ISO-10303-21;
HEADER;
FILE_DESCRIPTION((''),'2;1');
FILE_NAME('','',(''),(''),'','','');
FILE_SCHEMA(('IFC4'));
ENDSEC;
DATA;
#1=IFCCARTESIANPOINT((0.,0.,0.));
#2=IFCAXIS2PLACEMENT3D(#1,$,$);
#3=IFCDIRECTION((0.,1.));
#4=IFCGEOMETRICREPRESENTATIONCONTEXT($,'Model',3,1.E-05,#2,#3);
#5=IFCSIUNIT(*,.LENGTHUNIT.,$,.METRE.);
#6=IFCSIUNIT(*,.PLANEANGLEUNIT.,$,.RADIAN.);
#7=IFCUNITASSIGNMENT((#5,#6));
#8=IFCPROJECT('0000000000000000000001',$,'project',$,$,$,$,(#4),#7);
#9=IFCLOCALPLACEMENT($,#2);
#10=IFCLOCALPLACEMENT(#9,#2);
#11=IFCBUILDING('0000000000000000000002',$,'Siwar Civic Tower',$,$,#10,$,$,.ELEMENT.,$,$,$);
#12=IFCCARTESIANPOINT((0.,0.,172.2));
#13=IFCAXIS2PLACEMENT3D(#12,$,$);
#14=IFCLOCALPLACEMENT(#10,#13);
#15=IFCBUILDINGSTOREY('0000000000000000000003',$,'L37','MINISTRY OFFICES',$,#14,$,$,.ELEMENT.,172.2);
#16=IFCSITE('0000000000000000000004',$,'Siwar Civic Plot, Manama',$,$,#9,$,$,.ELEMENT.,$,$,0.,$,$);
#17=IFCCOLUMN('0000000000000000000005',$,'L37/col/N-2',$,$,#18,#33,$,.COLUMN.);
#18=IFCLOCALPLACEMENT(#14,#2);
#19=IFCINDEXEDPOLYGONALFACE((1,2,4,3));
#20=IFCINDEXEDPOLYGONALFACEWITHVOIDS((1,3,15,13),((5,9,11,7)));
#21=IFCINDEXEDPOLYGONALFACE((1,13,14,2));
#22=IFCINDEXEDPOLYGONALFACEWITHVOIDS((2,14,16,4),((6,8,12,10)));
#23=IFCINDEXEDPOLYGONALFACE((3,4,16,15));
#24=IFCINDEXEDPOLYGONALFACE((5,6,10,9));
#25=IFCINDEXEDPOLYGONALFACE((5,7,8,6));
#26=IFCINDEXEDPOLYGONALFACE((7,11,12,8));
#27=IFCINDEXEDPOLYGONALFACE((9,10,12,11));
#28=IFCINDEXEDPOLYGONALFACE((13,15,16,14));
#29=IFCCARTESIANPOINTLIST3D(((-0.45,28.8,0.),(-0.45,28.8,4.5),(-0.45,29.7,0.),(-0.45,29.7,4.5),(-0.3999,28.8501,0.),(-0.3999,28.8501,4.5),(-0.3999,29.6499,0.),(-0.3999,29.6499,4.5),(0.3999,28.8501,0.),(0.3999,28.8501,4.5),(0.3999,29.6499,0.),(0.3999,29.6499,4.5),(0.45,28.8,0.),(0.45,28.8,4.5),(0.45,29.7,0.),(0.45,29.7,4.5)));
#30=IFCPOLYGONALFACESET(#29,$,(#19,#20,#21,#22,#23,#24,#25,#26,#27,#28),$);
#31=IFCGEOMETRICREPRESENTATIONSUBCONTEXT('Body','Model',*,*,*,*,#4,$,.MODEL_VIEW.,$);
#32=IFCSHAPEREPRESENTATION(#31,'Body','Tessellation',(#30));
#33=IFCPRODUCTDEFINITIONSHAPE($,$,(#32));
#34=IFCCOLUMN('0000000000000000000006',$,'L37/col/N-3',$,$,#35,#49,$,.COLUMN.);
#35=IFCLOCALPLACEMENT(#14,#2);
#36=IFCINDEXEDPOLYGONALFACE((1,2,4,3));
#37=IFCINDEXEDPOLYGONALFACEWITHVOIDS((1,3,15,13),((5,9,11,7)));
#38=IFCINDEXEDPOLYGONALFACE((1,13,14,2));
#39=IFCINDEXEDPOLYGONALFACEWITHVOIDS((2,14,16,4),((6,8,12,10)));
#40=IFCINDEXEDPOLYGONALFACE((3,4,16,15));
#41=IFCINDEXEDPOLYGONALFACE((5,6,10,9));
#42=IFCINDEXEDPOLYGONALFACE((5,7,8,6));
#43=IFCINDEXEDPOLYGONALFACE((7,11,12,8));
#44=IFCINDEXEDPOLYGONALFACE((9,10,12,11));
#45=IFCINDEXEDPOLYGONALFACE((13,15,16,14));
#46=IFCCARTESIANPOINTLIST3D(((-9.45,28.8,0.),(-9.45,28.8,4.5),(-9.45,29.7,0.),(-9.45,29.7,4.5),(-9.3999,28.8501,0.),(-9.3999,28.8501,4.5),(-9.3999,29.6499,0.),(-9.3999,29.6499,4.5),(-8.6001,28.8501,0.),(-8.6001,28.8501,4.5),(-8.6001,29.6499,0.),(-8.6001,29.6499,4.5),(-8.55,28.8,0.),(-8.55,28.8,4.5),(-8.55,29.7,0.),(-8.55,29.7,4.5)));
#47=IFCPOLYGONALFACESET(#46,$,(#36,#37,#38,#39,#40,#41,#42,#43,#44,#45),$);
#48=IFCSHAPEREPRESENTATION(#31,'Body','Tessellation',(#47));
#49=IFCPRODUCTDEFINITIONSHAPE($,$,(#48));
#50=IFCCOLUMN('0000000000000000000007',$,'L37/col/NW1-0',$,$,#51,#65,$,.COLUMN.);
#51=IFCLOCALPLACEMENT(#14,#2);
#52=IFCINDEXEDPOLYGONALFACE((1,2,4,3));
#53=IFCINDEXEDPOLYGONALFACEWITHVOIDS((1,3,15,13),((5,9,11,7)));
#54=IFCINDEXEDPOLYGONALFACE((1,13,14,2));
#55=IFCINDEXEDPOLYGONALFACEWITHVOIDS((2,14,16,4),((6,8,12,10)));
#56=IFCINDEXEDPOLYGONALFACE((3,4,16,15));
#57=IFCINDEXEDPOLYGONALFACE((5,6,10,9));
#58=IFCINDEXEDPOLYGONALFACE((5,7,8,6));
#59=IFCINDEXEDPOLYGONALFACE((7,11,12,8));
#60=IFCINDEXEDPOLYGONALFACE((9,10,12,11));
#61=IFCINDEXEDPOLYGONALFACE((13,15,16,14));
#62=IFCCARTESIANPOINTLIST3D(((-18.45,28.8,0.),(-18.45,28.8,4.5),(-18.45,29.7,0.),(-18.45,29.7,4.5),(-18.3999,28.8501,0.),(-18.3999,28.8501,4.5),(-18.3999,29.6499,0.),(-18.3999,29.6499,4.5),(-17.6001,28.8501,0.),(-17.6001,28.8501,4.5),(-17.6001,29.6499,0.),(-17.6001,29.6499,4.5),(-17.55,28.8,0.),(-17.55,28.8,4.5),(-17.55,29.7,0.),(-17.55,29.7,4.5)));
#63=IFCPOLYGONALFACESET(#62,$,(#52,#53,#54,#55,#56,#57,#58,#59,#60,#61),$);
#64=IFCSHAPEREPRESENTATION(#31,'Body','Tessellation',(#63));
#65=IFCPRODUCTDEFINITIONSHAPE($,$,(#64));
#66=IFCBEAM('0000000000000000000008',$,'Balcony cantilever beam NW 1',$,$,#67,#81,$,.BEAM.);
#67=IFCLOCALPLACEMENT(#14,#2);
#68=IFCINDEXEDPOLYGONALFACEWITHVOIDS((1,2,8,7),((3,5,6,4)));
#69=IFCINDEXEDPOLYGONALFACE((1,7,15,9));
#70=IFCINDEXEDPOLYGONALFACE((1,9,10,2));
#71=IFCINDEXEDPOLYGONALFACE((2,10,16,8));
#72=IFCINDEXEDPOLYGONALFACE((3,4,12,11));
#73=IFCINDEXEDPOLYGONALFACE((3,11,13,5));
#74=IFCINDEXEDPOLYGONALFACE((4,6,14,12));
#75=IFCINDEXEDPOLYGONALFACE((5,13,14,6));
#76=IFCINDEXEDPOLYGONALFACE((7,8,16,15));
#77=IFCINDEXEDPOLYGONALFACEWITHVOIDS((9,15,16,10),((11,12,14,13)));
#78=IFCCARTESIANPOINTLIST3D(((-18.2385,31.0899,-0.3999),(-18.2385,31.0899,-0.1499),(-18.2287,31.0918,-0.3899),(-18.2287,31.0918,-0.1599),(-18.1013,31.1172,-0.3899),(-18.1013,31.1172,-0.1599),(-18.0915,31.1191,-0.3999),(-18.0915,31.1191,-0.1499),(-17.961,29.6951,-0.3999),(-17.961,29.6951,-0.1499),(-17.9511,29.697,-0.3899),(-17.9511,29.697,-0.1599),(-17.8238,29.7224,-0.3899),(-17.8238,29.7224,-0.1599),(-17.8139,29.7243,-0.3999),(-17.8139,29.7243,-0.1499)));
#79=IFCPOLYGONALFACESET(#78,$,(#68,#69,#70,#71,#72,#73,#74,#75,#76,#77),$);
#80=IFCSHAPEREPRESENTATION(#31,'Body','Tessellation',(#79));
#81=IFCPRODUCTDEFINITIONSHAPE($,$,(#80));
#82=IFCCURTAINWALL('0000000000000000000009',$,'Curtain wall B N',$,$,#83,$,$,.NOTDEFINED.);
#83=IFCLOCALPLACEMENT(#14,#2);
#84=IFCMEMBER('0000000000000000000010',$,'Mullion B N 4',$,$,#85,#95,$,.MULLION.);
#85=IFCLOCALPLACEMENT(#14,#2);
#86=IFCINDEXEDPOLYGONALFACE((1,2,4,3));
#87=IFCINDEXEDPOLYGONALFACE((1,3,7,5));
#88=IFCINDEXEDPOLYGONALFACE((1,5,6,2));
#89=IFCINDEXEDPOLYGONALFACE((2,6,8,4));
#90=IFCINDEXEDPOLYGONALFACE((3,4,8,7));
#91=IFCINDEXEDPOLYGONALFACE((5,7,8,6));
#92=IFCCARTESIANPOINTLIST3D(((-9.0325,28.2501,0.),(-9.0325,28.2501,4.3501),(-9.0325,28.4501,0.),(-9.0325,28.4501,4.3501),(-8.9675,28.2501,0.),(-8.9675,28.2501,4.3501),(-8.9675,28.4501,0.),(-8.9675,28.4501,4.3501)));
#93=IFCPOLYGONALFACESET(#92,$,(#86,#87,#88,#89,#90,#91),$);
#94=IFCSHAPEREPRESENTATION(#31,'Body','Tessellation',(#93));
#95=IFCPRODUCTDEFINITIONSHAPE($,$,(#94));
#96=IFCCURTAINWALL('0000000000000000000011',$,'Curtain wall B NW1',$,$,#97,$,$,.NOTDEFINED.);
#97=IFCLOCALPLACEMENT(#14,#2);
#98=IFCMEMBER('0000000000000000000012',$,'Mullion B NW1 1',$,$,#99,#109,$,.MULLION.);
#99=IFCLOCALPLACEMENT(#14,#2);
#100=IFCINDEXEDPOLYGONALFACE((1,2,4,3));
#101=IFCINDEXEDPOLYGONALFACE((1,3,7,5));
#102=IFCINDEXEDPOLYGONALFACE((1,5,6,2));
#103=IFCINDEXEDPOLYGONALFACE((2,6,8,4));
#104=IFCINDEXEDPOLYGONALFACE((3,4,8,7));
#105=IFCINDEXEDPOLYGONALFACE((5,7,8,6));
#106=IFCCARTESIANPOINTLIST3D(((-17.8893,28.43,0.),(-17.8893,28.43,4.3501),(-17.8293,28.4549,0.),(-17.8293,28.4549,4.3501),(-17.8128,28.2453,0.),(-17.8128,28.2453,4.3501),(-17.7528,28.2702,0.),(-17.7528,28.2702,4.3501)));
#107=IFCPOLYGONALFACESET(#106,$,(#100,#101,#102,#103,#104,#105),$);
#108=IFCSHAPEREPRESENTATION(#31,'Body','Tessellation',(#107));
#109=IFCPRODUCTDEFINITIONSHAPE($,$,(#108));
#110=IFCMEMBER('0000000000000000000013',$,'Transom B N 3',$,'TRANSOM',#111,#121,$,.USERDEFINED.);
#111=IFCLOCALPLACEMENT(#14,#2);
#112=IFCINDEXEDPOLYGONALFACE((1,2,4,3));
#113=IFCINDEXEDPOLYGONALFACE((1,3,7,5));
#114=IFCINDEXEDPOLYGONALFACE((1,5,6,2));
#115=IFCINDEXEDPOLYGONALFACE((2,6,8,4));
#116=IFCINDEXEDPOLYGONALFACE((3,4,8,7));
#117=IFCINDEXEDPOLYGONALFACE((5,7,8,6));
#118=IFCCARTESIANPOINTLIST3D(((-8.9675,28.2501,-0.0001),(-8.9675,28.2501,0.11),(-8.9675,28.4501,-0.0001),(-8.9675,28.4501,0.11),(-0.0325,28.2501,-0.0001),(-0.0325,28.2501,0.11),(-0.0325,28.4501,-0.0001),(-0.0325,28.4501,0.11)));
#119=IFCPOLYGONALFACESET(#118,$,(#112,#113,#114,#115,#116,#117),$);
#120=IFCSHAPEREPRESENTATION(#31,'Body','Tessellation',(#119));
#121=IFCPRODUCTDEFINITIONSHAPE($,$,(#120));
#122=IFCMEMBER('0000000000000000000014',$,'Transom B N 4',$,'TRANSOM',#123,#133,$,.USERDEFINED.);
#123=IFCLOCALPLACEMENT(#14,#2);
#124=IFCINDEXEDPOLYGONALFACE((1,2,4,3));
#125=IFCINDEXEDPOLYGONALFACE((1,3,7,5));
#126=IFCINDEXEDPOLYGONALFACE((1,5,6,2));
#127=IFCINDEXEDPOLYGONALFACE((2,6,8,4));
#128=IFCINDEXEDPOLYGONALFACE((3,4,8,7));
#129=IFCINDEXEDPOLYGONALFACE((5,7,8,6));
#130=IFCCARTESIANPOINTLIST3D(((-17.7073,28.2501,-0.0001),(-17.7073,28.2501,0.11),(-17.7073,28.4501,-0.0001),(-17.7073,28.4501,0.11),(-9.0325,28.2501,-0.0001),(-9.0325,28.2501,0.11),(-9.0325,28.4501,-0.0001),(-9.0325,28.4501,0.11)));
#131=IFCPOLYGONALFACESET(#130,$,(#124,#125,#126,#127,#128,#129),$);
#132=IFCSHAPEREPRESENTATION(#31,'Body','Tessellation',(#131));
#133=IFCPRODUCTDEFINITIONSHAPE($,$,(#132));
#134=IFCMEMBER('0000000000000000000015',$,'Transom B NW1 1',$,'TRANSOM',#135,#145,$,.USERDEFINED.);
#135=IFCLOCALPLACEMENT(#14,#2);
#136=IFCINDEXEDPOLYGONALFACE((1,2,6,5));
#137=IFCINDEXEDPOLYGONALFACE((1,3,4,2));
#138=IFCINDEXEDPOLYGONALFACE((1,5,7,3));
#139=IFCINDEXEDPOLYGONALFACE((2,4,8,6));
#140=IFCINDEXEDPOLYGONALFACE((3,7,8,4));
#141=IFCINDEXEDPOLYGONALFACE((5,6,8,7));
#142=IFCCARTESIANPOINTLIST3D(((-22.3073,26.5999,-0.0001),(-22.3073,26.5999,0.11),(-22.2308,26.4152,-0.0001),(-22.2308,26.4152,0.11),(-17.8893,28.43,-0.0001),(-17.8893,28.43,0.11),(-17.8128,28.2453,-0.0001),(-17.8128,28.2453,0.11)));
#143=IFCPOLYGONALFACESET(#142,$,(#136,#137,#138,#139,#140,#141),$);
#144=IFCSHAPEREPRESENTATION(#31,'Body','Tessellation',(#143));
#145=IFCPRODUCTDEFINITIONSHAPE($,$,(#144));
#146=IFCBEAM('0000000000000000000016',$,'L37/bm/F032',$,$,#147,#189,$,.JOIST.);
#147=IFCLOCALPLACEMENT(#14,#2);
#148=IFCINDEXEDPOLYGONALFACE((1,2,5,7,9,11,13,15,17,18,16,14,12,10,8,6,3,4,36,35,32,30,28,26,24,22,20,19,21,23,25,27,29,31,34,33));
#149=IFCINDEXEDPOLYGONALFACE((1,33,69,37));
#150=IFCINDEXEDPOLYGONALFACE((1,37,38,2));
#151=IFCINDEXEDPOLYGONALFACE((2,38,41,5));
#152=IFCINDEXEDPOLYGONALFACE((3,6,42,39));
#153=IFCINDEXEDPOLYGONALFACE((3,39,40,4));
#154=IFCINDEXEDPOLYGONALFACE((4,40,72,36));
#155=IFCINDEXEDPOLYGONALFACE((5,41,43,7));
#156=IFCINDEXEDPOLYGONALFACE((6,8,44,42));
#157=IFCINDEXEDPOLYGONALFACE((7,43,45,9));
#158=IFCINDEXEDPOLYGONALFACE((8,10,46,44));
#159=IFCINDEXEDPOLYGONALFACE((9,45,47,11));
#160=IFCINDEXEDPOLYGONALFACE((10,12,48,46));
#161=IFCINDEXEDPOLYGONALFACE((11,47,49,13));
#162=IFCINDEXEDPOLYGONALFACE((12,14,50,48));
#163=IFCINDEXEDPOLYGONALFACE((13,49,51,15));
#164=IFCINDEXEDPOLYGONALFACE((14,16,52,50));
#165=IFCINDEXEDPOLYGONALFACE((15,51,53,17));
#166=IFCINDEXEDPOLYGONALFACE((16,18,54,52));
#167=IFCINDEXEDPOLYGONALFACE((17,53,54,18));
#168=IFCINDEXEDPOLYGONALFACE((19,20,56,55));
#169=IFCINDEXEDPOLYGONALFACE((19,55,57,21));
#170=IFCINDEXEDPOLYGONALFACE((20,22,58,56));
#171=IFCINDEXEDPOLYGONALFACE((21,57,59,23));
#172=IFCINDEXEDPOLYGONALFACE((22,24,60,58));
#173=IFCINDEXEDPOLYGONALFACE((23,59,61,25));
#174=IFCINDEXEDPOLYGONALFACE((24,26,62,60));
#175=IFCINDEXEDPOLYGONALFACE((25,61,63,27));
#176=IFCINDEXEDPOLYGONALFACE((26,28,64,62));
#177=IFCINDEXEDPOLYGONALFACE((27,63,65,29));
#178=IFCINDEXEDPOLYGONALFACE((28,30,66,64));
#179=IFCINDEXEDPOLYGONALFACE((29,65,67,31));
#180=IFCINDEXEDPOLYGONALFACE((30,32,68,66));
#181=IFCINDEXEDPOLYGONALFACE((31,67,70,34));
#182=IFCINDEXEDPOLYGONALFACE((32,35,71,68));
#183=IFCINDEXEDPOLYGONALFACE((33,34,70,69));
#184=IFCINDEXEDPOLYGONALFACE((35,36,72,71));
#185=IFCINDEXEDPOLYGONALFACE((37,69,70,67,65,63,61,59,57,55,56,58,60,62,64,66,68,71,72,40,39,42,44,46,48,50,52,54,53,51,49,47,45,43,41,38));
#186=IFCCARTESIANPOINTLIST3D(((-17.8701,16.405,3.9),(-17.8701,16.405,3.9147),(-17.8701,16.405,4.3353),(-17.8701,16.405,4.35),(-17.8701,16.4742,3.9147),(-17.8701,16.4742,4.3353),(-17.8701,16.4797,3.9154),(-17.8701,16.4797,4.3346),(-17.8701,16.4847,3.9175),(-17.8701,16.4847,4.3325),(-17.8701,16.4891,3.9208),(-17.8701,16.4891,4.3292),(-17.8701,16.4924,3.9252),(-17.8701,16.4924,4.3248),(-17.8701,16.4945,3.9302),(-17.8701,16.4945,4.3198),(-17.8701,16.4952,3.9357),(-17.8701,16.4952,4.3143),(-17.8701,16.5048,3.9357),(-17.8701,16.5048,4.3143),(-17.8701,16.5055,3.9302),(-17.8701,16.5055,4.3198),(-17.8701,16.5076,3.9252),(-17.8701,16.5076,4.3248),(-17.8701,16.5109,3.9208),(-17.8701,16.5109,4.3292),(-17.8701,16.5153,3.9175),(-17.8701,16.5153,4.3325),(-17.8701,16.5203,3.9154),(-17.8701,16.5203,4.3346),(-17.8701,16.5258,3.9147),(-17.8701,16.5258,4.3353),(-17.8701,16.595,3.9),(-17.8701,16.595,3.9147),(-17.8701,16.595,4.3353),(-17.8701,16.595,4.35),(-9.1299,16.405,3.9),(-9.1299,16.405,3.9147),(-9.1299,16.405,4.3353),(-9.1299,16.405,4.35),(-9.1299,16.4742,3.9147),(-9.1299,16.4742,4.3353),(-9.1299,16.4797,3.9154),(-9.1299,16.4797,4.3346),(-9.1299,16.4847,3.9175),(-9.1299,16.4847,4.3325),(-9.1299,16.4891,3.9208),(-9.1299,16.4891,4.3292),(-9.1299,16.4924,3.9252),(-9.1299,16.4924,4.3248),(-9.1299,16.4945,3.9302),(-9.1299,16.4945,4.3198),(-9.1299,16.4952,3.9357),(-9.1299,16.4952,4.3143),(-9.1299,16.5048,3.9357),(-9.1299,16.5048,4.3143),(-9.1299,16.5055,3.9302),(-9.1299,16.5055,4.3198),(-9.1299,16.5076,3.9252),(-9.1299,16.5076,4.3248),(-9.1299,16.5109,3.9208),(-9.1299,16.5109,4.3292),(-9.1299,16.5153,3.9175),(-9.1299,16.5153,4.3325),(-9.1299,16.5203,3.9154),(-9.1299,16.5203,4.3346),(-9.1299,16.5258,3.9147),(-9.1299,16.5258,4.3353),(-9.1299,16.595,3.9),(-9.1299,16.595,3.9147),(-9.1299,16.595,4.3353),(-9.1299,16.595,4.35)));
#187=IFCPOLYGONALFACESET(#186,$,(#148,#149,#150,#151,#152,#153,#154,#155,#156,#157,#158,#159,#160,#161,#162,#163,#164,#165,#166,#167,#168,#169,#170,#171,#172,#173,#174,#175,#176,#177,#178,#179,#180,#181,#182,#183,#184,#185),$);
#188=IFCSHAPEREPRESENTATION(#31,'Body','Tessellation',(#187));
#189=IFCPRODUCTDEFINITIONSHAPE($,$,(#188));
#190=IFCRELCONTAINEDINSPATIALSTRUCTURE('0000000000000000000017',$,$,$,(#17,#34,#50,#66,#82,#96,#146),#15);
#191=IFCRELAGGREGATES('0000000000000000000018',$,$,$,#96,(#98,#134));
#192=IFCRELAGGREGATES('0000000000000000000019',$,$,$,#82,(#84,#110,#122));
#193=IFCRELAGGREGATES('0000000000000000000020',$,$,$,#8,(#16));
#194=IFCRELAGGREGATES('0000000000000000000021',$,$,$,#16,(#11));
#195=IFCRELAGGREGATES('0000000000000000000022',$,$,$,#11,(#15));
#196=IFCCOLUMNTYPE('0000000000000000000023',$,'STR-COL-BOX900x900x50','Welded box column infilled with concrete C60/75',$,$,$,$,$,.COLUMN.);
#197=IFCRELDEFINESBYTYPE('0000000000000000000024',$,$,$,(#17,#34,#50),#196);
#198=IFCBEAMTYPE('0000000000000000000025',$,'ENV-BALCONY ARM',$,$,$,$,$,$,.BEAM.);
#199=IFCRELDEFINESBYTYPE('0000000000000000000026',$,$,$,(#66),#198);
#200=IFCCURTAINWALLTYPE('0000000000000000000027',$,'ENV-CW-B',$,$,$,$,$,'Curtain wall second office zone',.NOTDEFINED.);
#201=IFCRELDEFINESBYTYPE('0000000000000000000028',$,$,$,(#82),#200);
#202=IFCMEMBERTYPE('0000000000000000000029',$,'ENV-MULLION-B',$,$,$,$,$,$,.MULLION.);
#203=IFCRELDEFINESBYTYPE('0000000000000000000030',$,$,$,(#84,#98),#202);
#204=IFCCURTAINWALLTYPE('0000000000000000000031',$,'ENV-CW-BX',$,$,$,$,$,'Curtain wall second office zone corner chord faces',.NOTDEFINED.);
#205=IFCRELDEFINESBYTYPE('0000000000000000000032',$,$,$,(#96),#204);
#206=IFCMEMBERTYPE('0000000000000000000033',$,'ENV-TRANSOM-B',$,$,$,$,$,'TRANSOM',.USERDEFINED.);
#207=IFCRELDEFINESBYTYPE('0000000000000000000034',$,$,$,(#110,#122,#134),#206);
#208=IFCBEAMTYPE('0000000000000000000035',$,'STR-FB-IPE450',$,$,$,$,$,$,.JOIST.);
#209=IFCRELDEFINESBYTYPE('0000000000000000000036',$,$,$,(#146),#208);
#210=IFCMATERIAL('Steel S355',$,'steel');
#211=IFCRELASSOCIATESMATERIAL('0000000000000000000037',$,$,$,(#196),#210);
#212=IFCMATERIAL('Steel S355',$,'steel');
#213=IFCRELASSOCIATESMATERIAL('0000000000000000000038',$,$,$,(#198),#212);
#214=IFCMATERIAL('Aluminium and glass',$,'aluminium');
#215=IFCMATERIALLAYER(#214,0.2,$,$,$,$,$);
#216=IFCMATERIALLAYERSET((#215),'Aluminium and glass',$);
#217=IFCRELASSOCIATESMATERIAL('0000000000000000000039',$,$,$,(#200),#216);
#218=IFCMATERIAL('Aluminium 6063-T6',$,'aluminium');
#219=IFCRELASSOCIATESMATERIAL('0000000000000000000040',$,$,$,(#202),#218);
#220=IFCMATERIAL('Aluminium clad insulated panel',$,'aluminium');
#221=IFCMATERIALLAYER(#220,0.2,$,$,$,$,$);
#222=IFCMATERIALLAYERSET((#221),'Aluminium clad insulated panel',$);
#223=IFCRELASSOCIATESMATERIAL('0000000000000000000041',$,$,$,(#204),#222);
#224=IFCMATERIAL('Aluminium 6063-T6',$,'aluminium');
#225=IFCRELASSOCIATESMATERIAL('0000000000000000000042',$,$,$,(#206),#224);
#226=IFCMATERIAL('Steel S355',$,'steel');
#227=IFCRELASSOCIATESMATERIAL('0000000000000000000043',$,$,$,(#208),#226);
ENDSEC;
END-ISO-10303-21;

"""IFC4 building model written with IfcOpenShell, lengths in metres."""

from ifc_helpers import new_model, si_unit, direction, frame, origin, origin_2d, place, context, subcontext, project, spatial, rectangle, hollow_rectangle, i_section, extrude, material, layer, layer_set, material_profile, profile_set, type_object, element, aggregate, save


model = new_model("IFC4")

# Units and contexts
model_context = context("Model", 3, precision=1e-05, world=origin(), true_north=direction((0.0, 1.0)))
body_context = subcontext(model_context, "Body", "Model", "MODEL_VIEW")
ifc_project = project(units=[si_unit("LENGTHUNIT", "METRE"), si_unit("PLANEANGLEUNIT", "RADIAN")], contexts=[model_context])

# Site, building, storey
site_placement = place(None, origin())
site = spatial("IfcSite", under=ifc_project, at=site_placement, Name="Siwar Civic Plot, Manama", CompositionType="ELEMENT", RefElevation=0.0)
building_placement = place(site_placement, origin())
building = spatial("IfcBuilding", under=site, at=building_placement, Name="Siwar Civic Tower", CompositionType="ELEMENT")
storey_placement = place(building_placement, frame((0.0, 0.0, 172.2)))
storey = spatial("IfcBuildingStorey", under=building, at=storey_placement, Name="L37", Description="MINISTRY OFFICES", CompositionType="ELEMENT", Elevation=172.2)

# Columns
ifc_material_1 = material(Name="Steel S355", Category="steel")
ifc_material_profile_1 = material_profile(ifc_material_1, hollow_rectangle(XDim=0.8999, YDim=0.8999, WallThickness=0.05, at=origin_2d()), Name="BOX900x900x50")
ifc_profile_set_1 = profile_set([ifc_material_profile_1], Name="Steel S355")
column_type = type_object("IfcColumnType", Name="STR-COL-BOX900x900x50", Description="Welded box column infilled with concrete C60/75", PredefinedType="COLUMN", material=ifc_profile_set_1)
for number, where, z_axis, x_axis, name in (
    (1, (0.0, 29.25, 0.0), (0.0, 0.0, 1.0), (1.0, 0.0, 0.0), "L37/col/N-2"),
    (2, (-9.0, 29.25, 0.0), (0.0, 0.0, 1.0), (1.0, 0.0, 0.0), "L37/col/N-3"),
    (3, (-18.0, 29.25, 0.0), (0.0, 0.0, 1.0), (1.0, 0.0, 0.0), "L37/col/NW1-0"),
):
    element("IfcColumn", number, at=place(storey_placement, frame(where, z_axis=z_axis, x_axis=x_axis)), inside=storey, type_object=column_type, Name=name, PredefinedType="COLUMN", context=body_context, shape_type="SweptSolid", body=[
        extrude(hollow_rectangle(XDim=0.8999, YDim=0.8999, WallThickness=0.05, at=origin_2d()), origin(), (0.0, 0.0, 1.0), 4.5),
    ])

# Beam
ifc_material_2 = material(Name="Steel S355", Category="steel")
ifc_material_profile_2 = material_profile(ifc_material_2, hollow_rectangle(XDim=0.1499, YDim=0.25, WallThickness=0.01, at=origin_2d()), Name="RHS250x150x10")
ifc_profile_set_2 = profile_set([ifc_material_profile_2], Name="Steel S355")
beam_type_1 = type_object("IfcBeamType", Name="ENV-BALCONY ARM", PredefinedType="BEAM", material=ifc_profile_set_2)
beam_1_placement = place(storey_placement, frame((-17.8875, 29.7097, -0.2749), z_axis=(-0.195192, 0.980765, 0.0), x_axis=(-0.980765, -0.195192, 0.0)))
element("IfcBeam", 4, at=beam_1_placement, inside=storey, type_object=beam_type_1, Name="Balcony cantilever beam NW 1", PredefinedType="BEAM", context=body_context, shape_type="SweptSolid", body=[
    extrude(hollow_rectangle(XDim=0.1499, YDim=0.25, WallThickness=0.01, at=origin_2d()), origin(), (0.0, 0.0, 1.0), 1.4221),
])

# Curtain walls, members
ifc_material_3 = material(Name="Aluminium and glass", Category="aluminium")
ifc_layer_1 = layer(ifc_material_3, 0.2)
ifc_layer_set_1 = layer_set([ifc_layer_1], Name="Aluminium and glass")
curtain_wall_type_1 = type_object("IfcCurtainWallType", Name="ENV-CW-B", ElementType="Curtain wall second office zone", PredefinedType="NOTDEFINED", material=ifc_layer_set_1)
curtain_wall_1_placement = place(storey_placement, origin())
curtain_wall_1 = element("IfcCurtainWall", 5, at=curtain_wall_1_placement, inside=storey, type_object=curtain_wall_type_1, Name="Curtain wall B N", PredefinedType="NOTDEFINED")
ifc_material_4 = material(Name="Aluminium 6063-T6", Category="aluminium")
ifc_material_profile_3 = material_profile(ifc_material_4, rectangle(XDim=0.2, YDim=0.0649, at=origin_2d()), Name="AL 200x65")
ifc_profile_set_3 = profile_set([ifc_material_profile_3], Name="Aluminium 6063-T6")
member_type_1 = type_object("IfcMemberType", Name="ENV-MULLION-B", PredefinedType="MULLION", material=ifc_profile_set_3)
member_1_placement = place(storey_placement, frame((-9.0, 28.3501, 0.0), z_axis=(0.0, 0.0, 1.0), x_axis=(0.0, -1.0, 0.0)))
member_1 = element("IfcMember", 6, at=member_1_placement, type_object=member_type_1, Name="Mullion B N 4", PredefinedType="MULLION", context=body_context, shape_type="SweptSolid", body=[
    extrude(rectangle(XDim=0.2, YDim=0.0649, at=origin_2d()), origin(), (0.0, 0.0, 1.0), 4.3501),
])
ifc_material_5 = material(Name="Aluminium clad insulated panel", Category="aluminium")
ifc_layer_2 = layer(ifc_material_5, 0.2)
ifc_layer_set_2 = layer_set([ifc_layer_2], Name="Aluminium clad insulated panel")
curtain_wall_type_2 = type_object("IfcCurtainWallType", Name="ENV-CW-BX", ElementType="Curtain wall second office zone corner chord faces", PredefinedType="NOTDEFINED", material=ifc_layer_set_2)
curtain_wall_2_placement = place(storey_placement, origin())
curtain_wall_2 = element("IfcCurtainWall", 7, at=curtain_wall_2_placement, inside=storey, type_object=curtain_wall_type_2, Name="Curtain wall B NW1", PredefinedType="NOTDEFINED")
member_2_placement = place(storey_placement, frame((-17.821, 28.3501, 0.0), z_axis=(0.0, 0.0, 1.0), x_axis=(0.382683, -0.92388, 0.0)))
member_2 = element("IfcMember", 8, at=member_2_placement, type_object=member_type_1, Name="Mullion B NW1 1", PredefinedType="MULLION", context=body_context, shape_type="SweptSolid", body=[
    extrude(rectangle(XDim=0.2, YDim=0.0649, at=origin_2d()), origin(), (0.0, 0.0, 1.0), 4.3501),
])

# Members
ifc_material_6 = material(Name="Aluminium 6063-T6", Category="aluminium")
ifc_material_profile_4 = material_profile(ifc_material_6, rectangle(XDim=0.2, YDim=0.1101, at=origin_2d()), Name="AL 200x110")
ifc_profile_set_4 = profile_set([ifc_material_profile_4], Name="Aluminium 6063-T6")
member_type_2 = type_object("IfcMemberType", Name="ENV-TRANSOM-B", ElementType="TRANSOM", PredefinedType="USERDEFINED", material=ifc_profile_set_4)
member_3_placement = place(storey_placement, frame((-0.0325, 28.3501, 0.0549), z_axis=(-1.0, 0.0, 0.0), x_axis=(0.0, -1.0, 0.0)))
member_3 = element("IfcMember", 9, at=member_3_placement, type_object=member_type_2, Name="Transom B N 3", ObjectType="TRANSOM", PredefinedType="USERDEFINED", context=body_context, shape_type="SweptSolid", body=[
    extrude(rectangle(XDim=0.2, YDim=0.1101, at=origin_2d()), origin(), (0.0, 0.0, 1.0), 8.9351),
])
member_4_placement = place(storey_placement, frame((-9.0325, 28.3501, 0.0549), z_axis=(-1.0, 0.0, 0.0), x_axis=(0.0, -1.0, 0.0)))
member_4 = element("IfcMember", 10, at=member_4_placement, type_object=member_type_2, Name="Transom B N 4", ObjectType="TRANSOM", PredefinedType="USERDEFINED", context=body_context, shape_type="SweptSolid", body=[
    extrude(rectangle(XDim=0.2, YDim=0.1101, at=origin_2d()), origin(), (0.0, 0.0, 1.0), 8.6748),
])
member_5_placement = place(storey_placement, frame((-17.8511, 28.3376, 0.0549), z_axis=(-0.923872, -0.3827, 0.0), x_axis=(0.3827, -0.923872, 0.0)))
member_5 = element("IfcMember", 11, at=member_5_placement, type_object=member_type_2, Name="Transom B NW1 1", ObjectType="TRANSOM", PredefinedType="USERDEFINED", context=body_context, shape_type="SweptSolid", body=[
    extrude(rectangle(XDim=0.2, YDim=0.1101, at=origin_2d()), origin(), (0.0, 0.0, 1.0), 4.782),
])
aggregate(curtain_wall_2, [member_2, member_5])

# Beam
ifc_material_7 = material(Name="Steel S355", Category="steel")
ifc_material_profile_5 = material_profile(ifc_material_7, i_section(OverallWidth=0.1899, OverallDepth=0.45, WebThickness=0.0095, FlangeThickness=0.0146, FilletRadius=0.021, at=origin_2d()), Name="IPE450")
ifc_profile_set_5 = profile_set([ifc_material_profile_5], Name="Steel S355")
beam_type_2 = type_object("IfcBeamType", Name="STR-FB-IPE450", PredefinedType="JOIST", material=ifc_profile_set_5)
for number, where, z_axis, x_axis, name in (
    (12, (-17.8701, 16.5, 4.125), (1.0, 0.0, 0.0), (0.0, 1.0, 0.0), "L37/bm/F032"),
):
    element("IfcBeam", number, at=place(storey_placement, frame(where, z_axis=z_axis, x_axis=x_axis)), inside=storey, type_object=beam_type_2, Name=name, PredefinedType="JOIST", context=body_context, shape_type="SweptSolid", body=[
        extrude(i_section(OverallWidth=0.1899, OverallDepth=0.45, WebThickness=0.0095, FlangeThickness=0.0146, FilletRadius=0.021, at=origin_2d()), origin(), (0.0, 0.0, 1.0), 8.7402),
    ])

aggregate(curtain_wall_1, [member_1, member_3, member_4])

save(model, "model.ifc")
